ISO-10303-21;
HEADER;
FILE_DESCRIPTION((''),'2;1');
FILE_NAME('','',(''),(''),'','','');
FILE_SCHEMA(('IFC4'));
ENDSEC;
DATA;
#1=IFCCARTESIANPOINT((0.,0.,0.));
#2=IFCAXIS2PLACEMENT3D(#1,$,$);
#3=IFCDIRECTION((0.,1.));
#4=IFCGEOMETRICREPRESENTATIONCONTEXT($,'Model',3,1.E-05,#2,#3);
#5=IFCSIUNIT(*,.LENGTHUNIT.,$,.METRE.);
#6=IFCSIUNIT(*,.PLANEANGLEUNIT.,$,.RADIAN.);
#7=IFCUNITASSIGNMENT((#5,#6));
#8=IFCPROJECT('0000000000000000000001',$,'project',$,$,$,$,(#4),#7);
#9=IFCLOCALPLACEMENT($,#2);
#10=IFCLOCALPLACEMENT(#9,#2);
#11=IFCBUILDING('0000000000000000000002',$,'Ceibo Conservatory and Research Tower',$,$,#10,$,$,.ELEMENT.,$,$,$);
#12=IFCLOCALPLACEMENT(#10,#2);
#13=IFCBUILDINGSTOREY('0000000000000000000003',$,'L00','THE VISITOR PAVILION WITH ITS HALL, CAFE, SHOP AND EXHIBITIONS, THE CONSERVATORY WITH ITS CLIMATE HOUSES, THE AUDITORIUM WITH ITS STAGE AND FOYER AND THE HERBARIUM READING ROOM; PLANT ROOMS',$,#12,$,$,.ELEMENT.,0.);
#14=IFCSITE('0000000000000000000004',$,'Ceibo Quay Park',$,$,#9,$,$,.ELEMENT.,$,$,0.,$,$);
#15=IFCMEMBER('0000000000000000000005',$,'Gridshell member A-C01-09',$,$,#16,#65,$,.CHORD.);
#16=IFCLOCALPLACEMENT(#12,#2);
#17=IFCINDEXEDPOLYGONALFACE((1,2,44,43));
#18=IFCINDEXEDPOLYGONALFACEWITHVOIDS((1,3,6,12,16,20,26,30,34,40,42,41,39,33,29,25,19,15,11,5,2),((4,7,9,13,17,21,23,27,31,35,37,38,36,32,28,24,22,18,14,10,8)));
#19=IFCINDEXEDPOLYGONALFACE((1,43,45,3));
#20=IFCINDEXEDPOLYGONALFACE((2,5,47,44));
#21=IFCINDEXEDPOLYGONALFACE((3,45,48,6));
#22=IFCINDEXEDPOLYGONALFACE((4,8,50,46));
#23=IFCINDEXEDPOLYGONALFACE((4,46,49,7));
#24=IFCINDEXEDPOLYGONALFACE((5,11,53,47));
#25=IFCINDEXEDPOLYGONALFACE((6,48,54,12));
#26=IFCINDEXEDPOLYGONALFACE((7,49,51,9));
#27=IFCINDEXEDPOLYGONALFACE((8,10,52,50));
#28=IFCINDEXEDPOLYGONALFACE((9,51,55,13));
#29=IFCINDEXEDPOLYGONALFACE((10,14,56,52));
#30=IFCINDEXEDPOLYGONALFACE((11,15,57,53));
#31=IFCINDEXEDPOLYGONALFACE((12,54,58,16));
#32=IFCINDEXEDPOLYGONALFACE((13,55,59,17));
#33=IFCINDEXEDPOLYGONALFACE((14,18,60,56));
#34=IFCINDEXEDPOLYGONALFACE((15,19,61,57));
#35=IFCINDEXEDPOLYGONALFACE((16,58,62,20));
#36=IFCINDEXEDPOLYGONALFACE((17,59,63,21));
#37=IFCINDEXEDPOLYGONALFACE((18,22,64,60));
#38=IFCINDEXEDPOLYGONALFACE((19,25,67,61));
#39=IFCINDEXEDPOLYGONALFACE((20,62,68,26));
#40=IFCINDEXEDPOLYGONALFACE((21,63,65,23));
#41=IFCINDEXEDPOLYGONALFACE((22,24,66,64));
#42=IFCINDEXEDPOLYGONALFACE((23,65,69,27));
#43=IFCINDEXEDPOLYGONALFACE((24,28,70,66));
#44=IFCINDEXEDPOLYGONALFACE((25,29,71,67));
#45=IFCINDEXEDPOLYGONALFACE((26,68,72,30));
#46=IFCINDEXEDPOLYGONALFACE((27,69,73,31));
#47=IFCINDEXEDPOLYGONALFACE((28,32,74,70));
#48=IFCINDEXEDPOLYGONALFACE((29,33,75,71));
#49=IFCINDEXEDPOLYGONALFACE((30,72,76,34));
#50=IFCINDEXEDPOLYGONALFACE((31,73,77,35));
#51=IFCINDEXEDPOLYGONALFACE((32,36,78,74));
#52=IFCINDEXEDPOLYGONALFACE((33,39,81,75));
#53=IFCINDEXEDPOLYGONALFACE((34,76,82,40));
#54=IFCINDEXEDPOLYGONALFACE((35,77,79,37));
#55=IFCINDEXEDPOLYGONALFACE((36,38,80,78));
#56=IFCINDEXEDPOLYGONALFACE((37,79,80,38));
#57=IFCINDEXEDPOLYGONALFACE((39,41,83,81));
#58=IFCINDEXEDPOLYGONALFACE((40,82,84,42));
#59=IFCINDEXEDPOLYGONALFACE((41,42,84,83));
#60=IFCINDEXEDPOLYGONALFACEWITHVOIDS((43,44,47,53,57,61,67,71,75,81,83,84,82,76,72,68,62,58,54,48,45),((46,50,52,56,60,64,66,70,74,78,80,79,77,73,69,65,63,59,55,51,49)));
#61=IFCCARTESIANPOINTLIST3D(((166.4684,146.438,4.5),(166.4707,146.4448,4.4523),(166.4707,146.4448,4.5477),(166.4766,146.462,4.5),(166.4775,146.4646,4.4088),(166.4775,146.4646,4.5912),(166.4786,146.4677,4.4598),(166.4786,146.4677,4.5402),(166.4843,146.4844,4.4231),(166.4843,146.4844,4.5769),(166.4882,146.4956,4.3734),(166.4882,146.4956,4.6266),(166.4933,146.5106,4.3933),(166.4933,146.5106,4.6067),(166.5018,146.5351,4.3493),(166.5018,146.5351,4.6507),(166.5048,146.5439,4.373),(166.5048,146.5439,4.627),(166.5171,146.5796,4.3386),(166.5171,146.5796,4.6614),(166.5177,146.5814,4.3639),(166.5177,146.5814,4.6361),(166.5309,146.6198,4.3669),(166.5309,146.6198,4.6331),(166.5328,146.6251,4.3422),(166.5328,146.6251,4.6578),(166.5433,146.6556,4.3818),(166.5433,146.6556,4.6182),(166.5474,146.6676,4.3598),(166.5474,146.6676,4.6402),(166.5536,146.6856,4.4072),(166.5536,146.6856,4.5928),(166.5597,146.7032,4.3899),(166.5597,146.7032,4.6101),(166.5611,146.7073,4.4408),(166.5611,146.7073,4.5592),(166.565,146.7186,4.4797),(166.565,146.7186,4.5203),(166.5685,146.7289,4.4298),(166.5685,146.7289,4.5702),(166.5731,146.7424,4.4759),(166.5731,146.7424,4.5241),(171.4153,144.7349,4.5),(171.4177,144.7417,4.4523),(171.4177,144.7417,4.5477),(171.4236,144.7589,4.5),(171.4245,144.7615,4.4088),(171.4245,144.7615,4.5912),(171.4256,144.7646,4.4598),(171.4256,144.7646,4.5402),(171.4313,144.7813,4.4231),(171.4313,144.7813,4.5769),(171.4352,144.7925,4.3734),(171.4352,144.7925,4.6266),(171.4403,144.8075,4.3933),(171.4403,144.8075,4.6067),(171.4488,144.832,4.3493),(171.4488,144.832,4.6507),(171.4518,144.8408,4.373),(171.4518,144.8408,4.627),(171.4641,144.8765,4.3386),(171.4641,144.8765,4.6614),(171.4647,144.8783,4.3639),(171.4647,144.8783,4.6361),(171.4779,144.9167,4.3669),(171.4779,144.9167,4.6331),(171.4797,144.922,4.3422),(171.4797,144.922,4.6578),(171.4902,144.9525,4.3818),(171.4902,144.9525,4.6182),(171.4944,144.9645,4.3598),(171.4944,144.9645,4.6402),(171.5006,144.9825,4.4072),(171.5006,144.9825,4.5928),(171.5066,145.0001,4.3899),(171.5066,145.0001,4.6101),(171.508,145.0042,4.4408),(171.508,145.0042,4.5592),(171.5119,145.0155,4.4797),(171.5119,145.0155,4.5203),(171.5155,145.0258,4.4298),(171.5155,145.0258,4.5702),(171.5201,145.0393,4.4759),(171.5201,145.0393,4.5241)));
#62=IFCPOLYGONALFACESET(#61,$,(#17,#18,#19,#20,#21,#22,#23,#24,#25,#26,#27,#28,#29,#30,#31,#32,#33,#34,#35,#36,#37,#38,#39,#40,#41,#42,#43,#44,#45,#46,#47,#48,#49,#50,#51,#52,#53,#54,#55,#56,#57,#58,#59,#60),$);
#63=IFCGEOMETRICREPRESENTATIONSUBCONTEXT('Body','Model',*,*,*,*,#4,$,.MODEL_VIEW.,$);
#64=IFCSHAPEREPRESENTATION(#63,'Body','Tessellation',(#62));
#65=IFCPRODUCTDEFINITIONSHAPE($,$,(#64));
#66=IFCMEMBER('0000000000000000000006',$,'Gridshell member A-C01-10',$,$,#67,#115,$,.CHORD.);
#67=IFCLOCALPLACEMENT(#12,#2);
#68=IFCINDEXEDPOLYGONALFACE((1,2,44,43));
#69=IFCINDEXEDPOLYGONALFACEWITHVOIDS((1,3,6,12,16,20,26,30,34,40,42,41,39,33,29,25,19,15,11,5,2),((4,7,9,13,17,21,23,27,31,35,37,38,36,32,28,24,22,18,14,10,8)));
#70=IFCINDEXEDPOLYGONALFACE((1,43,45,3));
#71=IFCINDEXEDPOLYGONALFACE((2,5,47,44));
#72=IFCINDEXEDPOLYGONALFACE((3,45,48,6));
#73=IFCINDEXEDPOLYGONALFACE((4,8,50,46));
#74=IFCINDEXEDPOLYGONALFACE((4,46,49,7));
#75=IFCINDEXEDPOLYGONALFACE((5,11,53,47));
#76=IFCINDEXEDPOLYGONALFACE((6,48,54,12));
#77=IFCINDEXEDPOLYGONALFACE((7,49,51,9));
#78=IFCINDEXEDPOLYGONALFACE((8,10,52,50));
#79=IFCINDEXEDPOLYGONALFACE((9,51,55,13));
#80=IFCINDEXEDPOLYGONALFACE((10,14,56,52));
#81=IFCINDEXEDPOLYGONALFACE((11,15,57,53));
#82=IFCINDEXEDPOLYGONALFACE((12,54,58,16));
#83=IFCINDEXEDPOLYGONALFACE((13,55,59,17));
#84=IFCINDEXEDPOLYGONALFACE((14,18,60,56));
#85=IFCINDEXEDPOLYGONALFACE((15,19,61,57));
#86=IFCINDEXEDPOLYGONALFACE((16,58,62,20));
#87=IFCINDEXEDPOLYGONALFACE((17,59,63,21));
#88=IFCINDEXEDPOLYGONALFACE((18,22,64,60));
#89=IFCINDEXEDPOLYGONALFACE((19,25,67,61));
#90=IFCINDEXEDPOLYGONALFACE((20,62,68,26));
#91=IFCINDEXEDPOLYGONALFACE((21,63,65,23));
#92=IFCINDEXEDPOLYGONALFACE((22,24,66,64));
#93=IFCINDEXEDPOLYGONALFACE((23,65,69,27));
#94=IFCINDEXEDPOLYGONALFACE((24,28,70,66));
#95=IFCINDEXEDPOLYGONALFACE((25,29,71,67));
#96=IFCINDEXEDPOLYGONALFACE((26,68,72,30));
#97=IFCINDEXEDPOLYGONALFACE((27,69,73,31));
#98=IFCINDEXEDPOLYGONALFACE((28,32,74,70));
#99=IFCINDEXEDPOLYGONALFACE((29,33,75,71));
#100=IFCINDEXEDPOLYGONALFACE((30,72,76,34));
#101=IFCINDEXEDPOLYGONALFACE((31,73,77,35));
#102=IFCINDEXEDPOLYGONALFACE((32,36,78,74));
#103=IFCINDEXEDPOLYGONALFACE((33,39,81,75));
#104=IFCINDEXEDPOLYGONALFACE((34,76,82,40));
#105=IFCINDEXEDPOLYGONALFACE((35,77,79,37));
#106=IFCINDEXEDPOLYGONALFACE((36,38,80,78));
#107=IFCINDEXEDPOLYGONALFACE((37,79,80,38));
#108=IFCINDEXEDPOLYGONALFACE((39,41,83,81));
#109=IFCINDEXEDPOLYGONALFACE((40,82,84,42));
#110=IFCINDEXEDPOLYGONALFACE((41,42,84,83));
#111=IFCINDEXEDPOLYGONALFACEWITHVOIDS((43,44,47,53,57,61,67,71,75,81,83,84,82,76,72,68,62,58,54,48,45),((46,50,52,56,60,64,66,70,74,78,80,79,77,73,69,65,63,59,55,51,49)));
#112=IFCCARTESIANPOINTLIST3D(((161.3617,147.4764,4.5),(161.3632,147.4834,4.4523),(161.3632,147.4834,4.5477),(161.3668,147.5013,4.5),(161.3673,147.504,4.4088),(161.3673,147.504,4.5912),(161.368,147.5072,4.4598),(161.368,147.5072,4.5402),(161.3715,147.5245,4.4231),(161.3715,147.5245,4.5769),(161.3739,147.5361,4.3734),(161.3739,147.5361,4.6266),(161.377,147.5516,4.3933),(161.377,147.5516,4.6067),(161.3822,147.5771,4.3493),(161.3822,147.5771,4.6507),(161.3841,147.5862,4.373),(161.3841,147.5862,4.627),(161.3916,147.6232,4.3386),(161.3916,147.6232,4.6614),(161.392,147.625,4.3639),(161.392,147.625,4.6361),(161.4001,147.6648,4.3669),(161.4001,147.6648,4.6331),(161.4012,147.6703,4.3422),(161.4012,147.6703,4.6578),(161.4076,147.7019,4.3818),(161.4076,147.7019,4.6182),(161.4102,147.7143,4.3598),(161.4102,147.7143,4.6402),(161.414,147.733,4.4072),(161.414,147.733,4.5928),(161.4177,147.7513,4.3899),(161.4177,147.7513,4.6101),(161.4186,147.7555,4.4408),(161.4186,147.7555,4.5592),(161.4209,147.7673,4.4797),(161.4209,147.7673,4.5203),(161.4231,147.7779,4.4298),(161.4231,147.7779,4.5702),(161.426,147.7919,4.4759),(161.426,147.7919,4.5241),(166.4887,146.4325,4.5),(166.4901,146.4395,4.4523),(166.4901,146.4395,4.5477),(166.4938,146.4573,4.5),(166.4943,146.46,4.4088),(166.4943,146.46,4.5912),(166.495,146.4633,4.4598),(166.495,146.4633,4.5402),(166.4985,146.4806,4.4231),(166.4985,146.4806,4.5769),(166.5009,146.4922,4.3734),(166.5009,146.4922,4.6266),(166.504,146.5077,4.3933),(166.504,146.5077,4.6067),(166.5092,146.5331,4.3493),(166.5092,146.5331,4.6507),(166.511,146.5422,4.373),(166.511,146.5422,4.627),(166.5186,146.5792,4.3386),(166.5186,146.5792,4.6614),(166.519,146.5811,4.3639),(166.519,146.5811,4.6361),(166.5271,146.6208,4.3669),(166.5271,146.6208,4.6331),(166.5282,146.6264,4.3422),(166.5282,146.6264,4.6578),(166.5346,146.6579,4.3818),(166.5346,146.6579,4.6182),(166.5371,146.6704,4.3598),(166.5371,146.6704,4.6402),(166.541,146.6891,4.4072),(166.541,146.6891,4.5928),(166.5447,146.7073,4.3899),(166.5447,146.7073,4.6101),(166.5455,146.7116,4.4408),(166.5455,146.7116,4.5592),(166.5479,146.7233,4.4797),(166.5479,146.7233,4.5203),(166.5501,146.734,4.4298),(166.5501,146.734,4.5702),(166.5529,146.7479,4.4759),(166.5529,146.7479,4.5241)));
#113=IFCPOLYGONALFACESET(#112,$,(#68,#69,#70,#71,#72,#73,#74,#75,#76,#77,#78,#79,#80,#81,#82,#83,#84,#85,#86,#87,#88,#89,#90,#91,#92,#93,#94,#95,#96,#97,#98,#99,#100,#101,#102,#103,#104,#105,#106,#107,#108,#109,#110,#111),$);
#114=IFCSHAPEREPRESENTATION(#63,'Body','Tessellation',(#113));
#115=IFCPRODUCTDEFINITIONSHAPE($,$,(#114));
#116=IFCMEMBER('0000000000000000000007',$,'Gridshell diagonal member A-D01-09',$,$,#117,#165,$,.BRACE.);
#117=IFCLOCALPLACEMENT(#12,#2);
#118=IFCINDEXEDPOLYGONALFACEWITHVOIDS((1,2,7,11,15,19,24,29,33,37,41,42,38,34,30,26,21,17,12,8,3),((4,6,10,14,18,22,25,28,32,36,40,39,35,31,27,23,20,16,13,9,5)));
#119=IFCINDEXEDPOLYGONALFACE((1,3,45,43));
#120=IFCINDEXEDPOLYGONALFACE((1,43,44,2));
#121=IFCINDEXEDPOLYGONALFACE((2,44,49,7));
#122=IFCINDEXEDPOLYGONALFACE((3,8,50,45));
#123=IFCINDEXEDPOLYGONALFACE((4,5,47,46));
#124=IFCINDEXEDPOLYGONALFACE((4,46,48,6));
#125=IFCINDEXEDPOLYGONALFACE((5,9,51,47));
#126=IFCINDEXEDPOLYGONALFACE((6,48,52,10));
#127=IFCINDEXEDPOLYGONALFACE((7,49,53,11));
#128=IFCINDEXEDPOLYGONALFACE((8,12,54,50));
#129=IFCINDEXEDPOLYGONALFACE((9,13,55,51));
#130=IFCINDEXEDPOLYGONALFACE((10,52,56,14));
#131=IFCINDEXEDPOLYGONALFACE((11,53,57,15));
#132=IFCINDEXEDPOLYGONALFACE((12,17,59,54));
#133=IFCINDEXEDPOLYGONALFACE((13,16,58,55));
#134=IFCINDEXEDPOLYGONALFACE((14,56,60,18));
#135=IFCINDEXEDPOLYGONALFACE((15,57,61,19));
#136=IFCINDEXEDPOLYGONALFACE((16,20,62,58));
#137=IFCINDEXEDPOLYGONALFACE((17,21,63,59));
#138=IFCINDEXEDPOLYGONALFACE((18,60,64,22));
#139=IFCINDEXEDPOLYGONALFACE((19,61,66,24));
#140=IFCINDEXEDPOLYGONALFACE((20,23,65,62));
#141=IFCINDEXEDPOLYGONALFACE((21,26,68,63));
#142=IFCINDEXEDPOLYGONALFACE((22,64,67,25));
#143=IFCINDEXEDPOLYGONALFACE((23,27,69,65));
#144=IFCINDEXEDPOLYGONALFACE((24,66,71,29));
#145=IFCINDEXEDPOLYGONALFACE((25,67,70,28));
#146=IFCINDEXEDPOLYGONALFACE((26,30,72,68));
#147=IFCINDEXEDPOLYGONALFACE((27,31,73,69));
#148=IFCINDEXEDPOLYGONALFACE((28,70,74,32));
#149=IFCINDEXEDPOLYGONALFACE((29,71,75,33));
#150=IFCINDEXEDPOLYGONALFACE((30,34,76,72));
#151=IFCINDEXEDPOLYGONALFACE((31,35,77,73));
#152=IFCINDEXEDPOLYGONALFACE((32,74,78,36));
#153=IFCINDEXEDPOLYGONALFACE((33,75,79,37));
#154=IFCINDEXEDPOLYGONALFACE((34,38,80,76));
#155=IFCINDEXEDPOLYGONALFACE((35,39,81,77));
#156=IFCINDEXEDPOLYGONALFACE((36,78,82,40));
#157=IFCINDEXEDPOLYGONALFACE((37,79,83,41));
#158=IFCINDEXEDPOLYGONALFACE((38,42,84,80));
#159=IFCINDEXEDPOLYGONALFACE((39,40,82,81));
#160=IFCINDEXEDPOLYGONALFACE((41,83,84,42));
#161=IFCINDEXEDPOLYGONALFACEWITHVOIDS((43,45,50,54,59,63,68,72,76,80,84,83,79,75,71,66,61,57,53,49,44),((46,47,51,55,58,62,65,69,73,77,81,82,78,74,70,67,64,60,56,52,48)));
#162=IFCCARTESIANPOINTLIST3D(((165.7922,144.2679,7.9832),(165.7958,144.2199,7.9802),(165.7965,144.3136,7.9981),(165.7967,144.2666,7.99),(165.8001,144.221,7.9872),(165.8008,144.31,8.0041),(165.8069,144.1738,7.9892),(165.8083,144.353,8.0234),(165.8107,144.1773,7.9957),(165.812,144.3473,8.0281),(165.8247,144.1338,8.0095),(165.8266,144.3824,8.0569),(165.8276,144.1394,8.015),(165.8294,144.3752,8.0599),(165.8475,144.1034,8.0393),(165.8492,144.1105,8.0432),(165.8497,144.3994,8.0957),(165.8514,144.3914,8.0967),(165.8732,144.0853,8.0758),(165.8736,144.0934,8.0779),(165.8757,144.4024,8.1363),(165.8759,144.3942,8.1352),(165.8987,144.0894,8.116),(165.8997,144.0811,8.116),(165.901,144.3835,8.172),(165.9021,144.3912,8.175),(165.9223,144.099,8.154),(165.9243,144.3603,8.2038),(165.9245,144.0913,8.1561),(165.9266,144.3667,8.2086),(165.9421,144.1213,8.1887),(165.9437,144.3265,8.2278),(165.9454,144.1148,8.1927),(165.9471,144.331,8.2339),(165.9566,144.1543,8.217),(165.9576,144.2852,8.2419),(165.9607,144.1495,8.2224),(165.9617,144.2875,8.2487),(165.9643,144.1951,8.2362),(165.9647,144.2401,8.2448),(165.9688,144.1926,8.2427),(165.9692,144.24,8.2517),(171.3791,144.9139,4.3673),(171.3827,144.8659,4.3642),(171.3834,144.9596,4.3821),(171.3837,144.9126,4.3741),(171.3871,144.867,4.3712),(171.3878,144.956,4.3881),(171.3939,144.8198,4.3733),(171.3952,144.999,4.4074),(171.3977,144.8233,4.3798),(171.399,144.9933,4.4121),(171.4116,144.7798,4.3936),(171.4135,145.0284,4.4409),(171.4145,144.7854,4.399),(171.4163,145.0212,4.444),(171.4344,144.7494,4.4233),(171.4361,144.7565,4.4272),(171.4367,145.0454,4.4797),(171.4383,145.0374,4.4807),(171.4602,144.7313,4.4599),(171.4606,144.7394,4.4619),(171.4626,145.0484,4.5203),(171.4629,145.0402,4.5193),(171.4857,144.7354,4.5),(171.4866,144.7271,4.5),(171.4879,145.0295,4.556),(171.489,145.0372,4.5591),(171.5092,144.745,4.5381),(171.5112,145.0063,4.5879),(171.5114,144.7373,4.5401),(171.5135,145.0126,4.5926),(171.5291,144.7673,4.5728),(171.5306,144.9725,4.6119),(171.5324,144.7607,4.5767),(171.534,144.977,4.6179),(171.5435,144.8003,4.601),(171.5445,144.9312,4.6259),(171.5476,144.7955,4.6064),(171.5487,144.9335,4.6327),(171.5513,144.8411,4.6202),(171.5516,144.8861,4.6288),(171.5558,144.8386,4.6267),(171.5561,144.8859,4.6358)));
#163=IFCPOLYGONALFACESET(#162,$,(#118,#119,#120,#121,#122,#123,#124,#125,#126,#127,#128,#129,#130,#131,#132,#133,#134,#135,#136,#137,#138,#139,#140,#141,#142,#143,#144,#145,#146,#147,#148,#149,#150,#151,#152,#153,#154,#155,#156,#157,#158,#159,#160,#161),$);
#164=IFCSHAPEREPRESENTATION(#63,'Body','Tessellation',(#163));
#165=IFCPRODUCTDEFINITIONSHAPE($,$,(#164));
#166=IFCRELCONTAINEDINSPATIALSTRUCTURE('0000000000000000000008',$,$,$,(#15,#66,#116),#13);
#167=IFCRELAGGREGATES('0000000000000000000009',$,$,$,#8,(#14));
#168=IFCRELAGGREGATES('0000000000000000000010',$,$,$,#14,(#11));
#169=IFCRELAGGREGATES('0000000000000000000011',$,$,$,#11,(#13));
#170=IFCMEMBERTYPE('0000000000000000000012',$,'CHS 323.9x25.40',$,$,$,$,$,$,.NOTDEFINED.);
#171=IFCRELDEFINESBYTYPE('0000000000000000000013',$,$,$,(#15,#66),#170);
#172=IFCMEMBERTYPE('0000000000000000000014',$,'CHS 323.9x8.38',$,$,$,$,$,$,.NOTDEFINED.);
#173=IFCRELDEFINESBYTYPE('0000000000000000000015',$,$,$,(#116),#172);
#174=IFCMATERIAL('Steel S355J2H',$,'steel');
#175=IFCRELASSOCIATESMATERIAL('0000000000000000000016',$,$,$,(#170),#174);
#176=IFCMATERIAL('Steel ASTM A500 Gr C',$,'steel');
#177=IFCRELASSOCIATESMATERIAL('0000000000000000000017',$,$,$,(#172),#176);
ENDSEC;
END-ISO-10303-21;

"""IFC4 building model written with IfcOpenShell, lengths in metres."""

from ifc_helpers import new_model, si_unit, direction, frame, origin, origin_2d, place, context, subcontext, project, spatial, hollow_circle, extrude, material, material_profile, profile_set, type_object, element, save


model = new_model("IFC4")

# Units and contexts
model_context = context("Model", 3, precision=1e-05, world=origin(), true_north=direction((0.0, 1.0)))
body_context = subcontext(model_context, "Body", "Model", "MODEL_VIEW")
ifc_project = project(units=[si_unit("LENGTHUNIT", "METRE"), si_unit("PLANEANGLEUNIT", "RADIAN")], contexts=[model_context])

# Site, building, storey
site_placement = place(None, origin())
site = spatial("IfcSite", under=ifc_project, at=site_placement, Name="Ceibo Quay Park", CompositionType="ELEMENT", RefElevation=0.0)
building_placement = place(site_placement, origin())
building = spatial("IfcBuilding", under=site, at=building_placement, Name="Ceibo Conservatory and Research Tower", CompositionType="ELEMENT")
storey_placement = place(building_placement, origin())
storey = spatial("IfcBuildingStorey", under=building, at=storey_placement, Name="L00", Description="THE VISITOR PAVILION WITH ITS HALL, CAFE, SHOP AND EXHIBITIONS, THE CONSERVATORY WITH ITS CLIMATE HOUSES, THE AUDITORIUM WITH ITS STAGE AND FOYER AND THE HERBARIUM READING ROOM; PLANT ROOMS", CompositionType="ELEMENT", Elevation=0.0)

# Members
ifc_material_1 = material(Name="Steel ASTM A500 Gr C", Category="steel")
ifc_material_2 = material(Name="Steel S355J2H", Category="steel")
ifc_material_profile_1 = material_profile(ifc_material_2, hollow_circle(Radius=0.1619, WallThickness=0.0254, at=origin_2d()), Name="CHS 323.9x25.40")
ifc_profile_set_1 = profile_set([ifc_material_profile_1], Name="Steel S355J2H")
member_type_1 = type_object("IfcMemberType", Name="CHS 323.9x25.40", PredefinedType="NOTDEFINED", material=ifc_profile_set_1)
member_1_placement = place(storey_placement, frame((171.468, 144.8879, 4.5), z_axis=(-0.945535, 0.325522, 0.0), x_axis=(-0.325522, -0.945535, 0.0)))
element("IfcMember", 1, at=member_1_placement, inside=storey, type_object=member_type_1, Name="Gridshell member A-C01-09", PredefinedType="CHORD", context=body_context, shape_type="SweptSolid", body=[
    extrude(hollow_circle(Radius=0.1619, WallThickness=0.0254, at=origin_2d()), origin(), (0.0, 0.0, 1.0), 5.2319),
])
member_2_placement = place(storey_placement, frame((166.521, 146.5911, 4.5), z_axis=(-0.979893, 0.199525, 0.0), x_axis=(-0.199525, -0.979893, 0.0)))
element("IfcMember", 2, at=member_2_placement, inside=storey, type_object=member_type_1, Name="Gridshell member A-C01-10", PredefinedType="CHORD", context=body_context, shape_type="SweptSolid", body=[
    extrude(hollow_circle(Radius=0.1619, WallThickness=0.0254, at=origin_2d()), origin(), (0.0, 0.0, 1.0), 5.2322),
])
ifc_material_profile_2 = material_profile(ifc_material_1, hollow_circle(Radius=0.1619, WallThickness=0.0083, at=origin_2d()), Name="CHS 323.9x8.38")
ifc_profile_set_2 = profile_set([ifc_material_profile_2], Name="Steel ASTM A500 Gr C")
member_type_2 = type_object("IfcMemberType", Name="CHS 323.9x8.38", PredefinedType="NOTDEFINED", material=ifc_profile_set_2)
for number, where, z_axis, x_axis, name in (
    (3, (171.468, 144.8879, 4.5), (-0.835581, -0.096615, 0.540805), (0.114861, -0.993382, 0.0), "Gridshell diagonal member A-D01-09"),
):
    element("IfcMember", number, at=place(storey_placement, frame(where, z_axis=z_axis, x_axis=x_axis)), inside=storey, type_object=member_type_2, Name=name, PredefinedType="BRACE", context=body_context, shape_type="SweptSolid", body=[
        extrude(hollow_circle(Radius=0.1619, WallThickness=0.0083, at=origin_2d()), origin(), (0.0, 0.0, 1.0), 6.6863),
    ])

save(model, "model.ifc")
